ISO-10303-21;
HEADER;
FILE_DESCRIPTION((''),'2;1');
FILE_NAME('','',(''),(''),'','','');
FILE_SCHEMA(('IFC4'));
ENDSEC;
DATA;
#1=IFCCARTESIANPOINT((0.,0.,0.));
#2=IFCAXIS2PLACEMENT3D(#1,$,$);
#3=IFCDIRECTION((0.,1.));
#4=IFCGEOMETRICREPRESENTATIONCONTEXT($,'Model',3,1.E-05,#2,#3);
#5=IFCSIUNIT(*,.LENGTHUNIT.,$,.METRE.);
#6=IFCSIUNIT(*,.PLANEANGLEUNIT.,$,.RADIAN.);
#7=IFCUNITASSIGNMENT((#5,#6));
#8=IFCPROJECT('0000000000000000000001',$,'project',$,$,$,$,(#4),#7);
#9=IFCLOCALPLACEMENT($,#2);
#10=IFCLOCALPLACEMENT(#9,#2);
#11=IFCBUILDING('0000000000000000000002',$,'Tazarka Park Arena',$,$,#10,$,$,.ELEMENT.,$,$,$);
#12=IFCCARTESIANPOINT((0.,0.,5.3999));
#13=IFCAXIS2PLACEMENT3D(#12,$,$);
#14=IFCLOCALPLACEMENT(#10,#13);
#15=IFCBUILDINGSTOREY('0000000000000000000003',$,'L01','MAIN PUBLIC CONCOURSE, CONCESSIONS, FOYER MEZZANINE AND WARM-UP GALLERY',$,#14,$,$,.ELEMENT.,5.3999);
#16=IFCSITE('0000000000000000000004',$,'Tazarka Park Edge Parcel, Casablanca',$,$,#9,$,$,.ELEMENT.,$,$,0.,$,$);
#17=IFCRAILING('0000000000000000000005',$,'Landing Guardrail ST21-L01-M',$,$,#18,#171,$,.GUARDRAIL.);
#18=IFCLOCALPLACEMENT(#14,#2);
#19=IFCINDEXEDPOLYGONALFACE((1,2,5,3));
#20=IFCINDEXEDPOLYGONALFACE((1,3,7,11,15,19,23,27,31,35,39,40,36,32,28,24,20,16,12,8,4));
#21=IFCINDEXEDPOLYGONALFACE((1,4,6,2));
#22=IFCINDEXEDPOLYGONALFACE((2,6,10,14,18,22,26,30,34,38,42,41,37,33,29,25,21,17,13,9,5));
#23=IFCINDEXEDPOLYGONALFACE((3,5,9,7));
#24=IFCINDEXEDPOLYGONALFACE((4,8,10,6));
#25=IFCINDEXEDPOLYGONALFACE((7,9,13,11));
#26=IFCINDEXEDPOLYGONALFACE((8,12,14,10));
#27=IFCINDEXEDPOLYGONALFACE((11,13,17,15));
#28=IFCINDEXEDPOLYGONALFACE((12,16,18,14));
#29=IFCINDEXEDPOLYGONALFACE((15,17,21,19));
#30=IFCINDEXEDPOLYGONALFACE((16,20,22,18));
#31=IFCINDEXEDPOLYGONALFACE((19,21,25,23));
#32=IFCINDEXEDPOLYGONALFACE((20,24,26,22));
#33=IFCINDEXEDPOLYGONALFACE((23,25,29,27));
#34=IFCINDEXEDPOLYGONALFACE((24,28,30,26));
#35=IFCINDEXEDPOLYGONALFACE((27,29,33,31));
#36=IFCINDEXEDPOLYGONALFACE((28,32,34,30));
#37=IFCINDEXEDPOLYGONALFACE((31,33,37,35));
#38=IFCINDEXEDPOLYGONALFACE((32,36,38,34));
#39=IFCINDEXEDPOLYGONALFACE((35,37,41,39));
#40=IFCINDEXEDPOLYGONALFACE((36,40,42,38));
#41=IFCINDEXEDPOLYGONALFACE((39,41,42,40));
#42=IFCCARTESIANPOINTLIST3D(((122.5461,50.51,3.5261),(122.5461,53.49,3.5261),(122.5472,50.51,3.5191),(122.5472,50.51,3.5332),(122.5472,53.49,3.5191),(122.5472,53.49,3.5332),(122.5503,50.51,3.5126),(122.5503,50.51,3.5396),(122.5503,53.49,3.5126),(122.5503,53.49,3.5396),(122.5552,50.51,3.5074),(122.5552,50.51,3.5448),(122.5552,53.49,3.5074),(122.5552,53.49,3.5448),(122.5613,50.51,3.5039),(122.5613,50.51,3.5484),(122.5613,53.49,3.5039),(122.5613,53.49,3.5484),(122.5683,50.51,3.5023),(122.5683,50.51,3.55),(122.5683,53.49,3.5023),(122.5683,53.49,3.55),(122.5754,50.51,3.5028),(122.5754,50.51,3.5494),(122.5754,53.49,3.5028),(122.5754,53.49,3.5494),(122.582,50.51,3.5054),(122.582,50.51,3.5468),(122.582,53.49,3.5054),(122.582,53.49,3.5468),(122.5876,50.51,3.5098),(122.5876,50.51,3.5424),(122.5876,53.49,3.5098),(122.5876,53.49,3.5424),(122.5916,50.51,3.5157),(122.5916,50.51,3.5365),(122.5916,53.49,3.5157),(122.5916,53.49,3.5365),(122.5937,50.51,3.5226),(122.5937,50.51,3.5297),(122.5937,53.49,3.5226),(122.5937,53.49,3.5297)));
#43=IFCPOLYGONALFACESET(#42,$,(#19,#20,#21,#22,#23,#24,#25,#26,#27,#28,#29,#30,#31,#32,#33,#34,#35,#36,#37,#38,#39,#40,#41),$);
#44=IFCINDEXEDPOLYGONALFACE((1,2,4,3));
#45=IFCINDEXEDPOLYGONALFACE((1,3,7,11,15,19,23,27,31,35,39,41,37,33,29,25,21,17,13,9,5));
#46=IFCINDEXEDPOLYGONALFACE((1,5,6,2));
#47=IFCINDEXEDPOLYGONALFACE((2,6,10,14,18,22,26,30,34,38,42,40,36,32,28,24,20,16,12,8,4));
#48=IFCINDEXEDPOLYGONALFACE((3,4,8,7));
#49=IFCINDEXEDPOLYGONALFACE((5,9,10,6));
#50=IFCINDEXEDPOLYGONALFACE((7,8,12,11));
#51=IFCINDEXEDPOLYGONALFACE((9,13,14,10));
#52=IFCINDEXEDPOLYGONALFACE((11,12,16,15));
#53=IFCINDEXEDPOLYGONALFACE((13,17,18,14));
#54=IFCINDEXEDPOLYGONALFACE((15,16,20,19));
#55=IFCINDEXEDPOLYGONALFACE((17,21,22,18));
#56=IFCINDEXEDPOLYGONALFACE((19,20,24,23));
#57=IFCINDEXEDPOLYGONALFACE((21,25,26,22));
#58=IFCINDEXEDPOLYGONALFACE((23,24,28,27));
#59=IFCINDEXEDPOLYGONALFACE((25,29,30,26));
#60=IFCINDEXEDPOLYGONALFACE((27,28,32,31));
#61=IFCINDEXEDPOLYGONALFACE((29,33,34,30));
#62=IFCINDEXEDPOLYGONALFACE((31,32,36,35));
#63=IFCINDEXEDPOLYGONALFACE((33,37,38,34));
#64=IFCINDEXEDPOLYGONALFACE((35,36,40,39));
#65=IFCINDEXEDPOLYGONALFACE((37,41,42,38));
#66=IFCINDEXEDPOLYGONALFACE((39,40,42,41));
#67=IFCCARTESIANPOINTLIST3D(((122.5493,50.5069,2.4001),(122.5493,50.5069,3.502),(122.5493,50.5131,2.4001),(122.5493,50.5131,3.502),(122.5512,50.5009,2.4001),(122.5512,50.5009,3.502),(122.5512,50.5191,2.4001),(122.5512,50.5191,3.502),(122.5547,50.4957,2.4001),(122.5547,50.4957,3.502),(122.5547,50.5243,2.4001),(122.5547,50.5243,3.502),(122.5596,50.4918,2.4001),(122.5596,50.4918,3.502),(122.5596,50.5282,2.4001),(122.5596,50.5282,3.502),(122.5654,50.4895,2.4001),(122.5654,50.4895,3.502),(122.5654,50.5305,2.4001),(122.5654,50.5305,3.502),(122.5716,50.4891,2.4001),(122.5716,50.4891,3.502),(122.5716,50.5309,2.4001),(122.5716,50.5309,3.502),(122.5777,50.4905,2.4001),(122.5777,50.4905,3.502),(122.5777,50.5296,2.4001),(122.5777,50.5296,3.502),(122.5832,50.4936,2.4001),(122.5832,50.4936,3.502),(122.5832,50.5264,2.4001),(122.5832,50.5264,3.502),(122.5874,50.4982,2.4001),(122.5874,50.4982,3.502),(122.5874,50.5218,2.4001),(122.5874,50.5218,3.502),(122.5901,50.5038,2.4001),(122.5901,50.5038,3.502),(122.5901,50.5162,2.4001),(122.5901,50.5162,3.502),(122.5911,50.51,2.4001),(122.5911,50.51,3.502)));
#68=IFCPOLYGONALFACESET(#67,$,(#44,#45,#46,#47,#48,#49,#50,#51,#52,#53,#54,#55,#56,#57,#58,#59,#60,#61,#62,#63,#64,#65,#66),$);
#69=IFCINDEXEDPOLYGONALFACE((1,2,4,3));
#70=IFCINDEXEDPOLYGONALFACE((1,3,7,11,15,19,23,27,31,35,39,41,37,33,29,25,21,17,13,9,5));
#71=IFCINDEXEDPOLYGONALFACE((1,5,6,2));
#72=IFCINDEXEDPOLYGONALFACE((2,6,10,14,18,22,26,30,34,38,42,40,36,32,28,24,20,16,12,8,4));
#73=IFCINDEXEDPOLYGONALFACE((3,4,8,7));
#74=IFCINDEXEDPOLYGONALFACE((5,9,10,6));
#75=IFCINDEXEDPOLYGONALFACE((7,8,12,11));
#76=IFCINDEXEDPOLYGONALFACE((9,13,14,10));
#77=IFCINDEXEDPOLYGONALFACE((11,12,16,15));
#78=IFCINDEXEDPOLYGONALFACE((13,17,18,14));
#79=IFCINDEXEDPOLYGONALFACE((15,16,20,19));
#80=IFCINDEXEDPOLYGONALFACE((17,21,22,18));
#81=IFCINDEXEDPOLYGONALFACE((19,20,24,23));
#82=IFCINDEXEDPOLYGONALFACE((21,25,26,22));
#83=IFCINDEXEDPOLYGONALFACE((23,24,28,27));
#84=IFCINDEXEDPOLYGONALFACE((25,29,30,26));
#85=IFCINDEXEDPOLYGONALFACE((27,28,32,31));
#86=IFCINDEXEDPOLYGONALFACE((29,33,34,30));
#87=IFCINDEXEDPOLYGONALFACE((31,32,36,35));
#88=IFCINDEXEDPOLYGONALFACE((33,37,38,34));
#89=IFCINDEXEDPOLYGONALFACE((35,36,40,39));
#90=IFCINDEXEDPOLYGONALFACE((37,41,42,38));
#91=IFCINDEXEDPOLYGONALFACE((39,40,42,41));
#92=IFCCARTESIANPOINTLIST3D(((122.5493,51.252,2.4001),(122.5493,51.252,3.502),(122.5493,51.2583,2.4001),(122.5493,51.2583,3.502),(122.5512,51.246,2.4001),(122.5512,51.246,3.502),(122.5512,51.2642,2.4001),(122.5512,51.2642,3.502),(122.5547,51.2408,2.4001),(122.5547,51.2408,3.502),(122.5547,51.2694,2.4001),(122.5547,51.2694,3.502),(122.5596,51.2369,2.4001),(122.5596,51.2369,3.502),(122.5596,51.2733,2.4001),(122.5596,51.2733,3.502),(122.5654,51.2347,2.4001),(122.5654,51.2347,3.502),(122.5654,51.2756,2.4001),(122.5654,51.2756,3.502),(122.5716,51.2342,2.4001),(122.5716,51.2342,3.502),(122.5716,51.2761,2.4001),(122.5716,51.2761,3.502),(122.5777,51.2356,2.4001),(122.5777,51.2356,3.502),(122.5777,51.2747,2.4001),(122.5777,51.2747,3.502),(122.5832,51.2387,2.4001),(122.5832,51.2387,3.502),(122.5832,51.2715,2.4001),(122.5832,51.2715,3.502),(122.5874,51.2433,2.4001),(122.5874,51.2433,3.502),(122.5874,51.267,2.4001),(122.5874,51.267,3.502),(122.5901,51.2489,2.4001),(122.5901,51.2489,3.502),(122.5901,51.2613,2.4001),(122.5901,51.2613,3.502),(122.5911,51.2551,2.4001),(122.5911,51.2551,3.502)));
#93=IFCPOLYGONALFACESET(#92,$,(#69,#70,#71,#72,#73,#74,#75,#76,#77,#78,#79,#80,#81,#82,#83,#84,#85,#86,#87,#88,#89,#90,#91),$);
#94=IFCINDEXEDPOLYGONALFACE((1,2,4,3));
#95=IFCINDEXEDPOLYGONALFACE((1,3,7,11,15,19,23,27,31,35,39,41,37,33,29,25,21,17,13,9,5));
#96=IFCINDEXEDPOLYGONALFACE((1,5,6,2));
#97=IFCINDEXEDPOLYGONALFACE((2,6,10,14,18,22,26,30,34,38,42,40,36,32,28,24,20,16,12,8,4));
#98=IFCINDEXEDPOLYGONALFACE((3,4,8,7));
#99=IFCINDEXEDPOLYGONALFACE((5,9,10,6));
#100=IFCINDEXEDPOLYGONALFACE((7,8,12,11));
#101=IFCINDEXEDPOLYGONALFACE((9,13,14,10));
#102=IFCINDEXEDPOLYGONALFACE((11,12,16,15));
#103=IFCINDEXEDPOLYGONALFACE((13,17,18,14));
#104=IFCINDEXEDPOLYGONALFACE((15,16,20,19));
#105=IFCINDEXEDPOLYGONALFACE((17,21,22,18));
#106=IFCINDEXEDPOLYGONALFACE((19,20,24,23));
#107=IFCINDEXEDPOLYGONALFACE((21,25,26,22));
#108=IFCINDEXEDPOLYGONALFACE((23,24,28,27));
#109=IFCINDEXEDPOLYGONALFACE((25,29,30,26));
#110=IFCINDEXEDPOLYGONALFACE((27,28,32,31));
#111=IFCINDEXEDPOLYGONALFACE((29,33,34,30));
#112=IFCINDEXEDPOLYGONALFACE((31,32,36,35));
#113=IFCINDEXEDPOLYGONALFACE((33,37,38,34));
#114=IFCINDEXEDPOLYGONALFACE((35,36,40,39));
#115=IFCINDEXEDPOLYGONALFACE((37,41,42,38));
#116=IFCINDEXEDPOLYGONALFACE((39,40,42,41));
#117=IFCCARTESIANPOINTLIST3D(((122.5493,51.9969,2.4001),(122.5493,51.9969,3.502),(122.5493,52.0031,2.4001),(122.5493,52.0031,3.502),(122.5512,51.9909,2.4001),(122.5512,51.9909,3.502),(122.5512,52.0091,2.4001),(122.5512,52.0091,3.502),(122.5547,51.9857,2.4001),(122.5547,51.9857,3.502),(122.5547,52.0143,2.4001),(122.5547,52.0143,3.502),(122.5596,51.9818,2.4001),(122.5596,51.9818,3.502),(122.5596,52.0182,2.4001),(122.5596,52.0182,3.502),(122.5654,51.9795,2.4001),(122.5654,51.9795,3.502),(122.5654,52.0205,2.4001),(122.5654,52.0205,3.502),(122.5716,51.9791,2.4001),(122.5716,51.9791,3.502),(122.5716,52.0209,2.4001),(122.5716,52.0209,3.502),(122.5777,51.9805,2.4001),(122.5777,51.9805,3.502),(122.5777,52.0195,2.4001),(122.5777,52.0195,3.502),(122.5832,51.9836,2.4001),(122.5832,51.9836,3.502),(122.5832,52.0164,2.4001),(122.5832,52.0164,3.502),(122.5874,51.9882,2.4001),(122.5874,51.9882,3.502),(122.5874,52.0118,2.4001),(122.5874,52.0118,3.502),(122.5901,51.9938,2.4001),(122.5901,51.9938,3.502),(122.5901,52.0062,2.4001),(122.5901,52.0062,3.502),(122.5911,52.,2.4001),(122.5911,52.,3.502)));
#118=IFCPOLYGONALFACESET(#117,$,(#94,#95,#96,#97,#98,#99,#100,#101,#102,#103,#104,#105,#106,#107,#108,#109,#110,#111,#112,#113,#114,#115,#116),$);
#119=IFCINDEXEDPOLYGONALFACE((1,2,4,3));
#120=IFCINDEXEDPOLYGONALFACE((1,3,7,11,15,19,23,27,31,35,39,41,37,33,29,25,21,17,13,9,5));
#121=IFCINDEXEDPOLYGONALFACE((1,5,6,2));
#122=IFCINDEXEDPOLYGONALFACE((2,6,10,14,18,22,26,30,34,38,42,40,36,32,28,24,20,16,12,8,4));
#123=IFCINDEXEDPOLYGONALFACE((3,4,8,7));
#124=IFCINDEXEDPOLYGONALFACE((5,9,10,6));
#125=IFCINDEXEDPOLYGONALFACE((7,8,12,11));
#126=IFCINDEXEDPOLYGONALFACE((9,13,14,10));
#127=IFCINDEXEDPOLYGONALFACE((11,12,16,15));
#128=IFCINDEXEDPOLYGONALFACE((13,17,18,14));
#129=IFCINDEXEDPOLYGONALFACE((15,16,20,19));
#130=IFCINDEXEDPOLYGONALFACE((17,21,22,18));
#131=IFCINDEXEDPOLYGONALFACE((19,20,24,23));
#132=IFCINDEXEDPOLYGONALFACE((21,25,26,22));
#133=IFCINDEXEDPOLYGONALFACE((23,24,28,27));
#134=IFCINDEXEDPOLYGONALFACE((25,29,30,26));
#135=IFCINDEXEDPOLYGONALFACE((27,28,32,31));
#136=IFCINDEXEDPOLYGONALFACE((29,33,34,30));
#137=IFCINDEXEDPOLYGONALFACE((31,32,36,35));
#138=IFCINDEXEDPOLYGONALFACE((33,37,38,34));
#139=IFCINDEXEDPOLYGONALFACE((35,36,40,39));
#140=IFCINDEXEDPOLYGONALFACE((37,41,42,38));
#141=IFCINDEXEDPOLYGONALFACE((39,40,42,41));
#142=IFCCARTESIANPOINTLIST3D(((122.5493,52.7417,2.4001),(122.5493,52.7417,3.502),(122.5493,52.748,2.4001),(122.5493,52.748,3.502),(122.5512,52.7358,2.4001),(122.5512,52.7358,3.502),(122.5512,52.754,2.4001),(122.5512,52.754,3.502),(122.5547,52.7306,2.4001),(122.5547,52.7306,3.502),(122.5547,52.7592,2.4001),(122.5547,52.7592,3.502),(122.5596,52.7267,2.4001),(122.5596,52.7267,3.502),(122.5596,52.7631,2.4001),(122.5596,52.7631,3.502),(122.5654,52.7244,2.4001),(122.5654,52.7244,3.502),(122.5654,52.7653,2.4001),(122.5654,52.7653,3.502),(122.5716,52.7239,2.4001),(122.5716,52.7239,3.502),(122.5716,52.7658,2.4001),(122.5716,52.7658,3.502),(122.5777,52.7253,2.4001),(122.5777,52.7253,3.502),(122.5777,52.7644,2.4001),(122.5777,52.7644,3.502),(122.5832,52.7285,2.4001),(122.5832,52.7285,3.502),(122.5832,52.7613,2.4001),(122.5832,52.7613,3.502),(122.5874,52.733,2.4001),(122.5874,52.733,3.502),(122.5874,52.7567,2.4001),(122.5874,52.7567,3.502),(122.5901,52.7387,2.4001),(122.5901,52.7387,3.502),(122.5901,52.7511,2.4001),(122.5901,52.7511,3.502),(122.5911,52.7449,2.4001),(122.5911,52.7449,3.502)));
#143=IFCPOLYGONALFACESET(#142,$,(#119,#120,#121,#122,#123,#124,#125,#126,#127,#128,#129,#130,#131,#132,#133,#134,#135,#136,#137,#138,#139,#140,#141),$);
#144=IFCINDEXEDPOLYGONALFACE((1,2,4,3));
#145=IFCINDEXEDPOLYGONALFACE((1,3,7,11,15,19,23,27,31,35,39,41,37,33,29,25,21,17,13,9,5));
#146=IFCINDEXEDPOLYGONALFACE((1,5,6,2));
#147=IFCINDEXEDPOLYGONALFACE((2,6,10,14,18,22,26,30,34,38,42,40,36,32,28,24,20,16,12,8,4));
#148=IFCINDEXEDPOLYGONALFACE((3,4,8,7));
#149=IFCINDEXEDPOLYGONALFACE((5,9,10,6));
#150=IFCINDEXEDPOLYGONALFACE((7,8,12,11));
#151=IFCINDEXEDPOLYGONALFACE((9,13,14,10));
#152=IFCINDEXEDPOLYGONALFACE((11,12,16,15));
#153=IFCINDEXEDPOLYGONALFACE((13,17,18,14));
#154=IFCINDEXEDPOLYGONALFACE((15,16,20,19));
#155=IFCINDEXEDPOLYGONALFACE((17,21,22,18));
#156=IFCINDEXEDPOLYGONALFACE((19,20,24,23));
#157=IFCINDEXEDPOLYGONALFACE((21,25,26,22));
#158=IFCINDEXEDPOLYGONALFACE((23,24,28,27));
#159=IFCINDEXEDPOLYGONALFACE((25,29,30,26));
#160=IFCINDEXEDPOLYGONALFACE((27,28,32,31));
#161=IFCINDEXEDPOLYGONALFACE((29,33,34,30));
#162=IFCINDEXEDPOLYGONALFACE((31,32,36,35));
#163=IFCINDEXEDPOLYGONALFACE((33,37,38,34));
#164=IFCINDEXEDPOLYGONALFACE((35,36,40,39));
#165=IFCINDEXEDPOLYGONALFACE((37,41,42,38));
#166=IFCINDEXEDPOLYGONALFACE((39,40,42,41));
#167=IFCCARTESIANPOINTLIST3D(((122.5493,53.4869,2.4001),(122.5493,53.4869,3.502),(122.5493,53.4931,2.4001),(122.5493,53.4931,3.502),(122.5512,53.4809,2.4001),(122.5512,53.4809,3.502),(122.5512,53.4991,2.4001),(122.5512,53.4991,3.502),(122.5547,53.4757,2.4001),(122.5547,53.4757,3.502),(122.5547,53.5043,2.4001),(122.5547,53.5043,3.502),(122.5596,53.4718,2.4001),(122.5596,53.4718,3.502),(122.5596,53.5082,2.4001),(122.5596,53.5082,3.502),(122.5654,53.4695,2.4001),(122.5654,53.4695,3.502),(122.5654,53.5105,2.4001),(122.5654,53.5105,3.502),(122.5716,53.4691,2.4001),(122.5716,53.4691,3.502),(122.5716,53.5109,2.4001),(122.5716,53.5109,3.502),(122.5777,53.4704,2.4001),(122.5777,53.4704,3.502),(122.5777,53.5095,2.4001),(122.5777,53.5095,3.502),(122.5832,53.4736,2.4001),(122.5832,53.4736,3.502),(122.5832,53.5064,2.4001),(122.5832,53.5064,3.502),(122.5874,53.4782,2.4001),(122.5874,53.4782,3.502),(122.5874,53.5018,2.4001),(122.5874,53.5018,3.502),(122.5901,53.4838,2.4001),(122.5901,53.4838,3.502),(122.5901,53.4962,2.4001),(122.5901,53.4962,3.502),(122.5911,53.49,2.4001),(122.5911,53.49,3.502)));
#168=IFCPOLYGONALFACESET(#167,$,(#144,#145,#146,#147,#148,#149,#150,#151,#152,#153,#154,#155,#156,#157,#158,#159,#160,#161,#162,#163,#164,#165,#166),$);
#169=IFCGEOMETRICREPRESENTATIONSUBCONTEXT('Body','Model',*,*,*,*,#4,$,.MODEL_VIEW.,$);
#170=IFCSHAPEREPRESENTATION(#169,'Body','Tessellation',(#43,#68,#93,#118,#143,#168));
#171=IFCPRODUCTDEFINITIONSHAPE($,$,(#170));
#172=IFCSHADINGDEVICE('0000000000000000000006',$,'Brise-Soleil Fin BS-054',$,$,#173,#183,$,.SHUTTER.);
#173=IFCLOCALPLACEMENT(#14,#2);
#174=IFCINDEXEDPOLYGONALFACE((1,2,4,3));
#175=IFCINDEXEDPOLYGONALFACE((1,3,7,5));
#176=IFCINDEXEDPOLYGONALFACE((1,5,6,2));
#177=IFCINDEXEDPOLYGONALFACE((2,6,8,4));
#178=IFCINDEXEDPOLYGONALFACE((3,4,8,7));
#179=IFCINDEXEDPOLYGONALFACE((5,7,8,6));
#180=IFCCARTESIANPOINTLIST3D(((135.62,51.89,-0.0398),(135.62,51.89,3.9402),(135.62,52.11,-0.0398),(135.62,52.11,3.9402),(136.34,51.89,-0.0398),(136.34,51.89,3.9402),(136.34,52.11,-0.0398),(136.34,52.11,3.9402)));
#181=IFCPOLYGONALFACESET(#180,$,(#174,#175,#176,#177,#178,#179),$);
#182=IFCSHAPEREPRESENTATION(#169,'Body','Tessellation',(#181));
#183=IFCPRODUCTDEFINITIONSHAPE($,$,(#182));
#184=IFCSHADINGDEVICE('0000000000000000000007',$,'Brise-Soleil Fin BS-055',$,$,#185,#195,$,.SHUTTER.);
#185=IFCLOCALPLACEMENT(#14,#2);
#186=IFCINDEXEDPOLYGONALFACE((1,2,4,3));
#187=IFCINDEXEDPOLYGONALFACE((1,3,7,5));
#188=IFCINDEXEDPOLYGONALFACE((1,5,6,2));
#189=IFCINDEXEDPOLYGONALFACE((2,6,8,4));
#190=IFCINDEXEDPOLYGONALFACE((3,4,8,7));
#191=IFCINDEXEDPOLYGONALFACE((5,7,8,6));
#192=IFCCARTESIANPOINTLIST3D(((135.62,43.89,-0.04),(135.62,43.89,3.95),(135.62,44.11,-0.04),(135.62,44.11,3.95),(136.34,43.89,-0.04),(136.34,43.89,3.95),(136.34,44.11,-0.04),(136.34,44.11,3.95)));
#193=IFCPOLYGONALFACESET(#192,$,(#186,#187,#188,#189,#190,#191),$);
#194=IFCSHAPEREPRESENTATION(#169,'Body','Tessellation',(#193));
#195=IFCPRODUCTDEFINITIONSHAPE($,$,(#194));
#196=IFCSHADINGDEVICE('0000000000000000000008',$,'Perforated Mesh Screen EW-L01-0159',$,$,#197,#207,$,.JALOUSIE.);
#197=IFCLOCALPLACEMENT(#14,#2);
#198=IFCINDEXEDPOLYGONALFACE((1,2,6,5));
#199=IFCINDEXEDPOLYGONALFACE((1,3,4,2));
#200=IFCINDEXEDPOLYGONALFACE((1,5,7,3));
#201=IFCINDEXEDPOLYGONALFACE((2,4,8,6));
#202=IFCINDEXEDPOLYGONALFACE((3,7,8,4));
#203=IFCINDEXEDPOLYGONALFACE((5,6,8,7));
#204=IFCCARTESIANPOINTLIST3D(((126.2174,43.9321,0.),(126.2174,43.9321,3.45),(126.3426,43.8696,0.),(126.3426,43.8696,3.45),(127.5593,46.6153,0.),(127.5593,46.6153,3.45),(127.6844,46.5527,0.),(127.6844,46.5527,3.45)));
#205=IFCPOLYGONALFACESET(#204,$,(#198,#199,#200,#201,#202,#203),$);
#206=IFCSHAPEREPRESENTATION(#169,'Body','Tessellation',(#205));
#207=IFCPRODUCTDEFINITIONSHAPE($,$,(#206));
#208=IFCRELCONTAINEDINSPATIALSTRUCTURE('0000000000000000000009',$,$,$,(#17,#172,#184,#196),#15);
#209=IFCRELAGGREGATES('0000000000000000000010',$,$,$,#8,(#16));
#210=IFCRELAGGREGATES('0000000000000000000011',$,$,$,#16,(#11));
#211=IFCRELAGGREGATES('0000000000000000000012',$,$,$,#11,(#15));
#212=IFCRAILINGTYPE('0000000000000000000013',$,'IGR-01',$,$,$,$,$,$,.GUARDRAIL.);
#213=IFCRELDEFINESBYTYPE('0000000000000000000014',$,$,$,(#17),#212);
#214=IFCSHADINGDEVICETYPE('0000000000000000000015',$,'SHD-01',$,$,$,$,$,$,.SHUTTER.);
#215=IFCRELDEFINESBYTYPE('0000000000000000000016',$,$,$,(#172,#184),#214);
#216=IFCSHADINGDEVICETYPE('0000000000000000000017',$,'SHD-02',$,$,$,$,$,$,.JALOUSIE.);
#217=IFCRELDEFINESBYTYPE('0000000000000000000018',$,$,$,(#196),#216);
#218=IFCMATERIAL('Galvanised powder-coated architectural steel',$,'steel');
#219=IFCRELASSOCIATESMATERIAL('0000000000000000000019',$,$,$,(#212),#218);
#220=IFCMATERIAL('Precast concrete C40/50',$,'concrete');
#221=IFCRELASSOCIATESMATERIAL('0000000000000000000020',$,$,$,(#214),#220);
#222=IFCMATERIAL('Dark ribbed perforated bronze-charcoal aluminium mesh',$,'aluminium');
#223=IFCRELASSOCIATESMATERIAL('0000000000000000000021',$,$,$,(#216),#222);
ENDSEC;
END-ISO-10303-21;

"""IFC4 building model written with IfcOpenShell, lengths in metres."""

from ifc_helpers import new_model, si_unit, direction, frame, origin, origin_2d, place, context, subcontext, project, spatial, rectangle, circle, extrude, material, type_object, element, save


model = new_model("IFC4")

# Units and contexts
model_context = context("Model", 3, precision=1e-05, world=origin(), true_north=direction((0.0, 1.0)))
body_context = subcontext(model_context, "Body", "Model", "MODEL_VIEW")
ifc_project = project(units=[si_unit("LENGTHUNIT", "METRE"), si_unit("PLANEANGLEUNIT", "RADIAN")], contexts=[model_context])

# Site, building, storey
site_placement = place(None, origin())
site = spatial("IfcSite", under=ifc_project, at=site_placement, Name="Tazarka Park Edge Parcel, Casablanca", CompositionType="ELEMENT", RefElevation=0.0)
building_placement = place(site_placement, origin())
building = spatial("IfcBuilding", under=site, at=building_placement, Name="Tazarka Park Arena", CompositionType="ELEMENT")
storey_placement = place(building_placement, frame((0.0, 0.0, 5.3999)))
storey = spatial("IfcBuildingStorey", under=building, at=storey_placement, Name="L01", Description="MAIN PUBLIC CONCOURSE, CONCESSIONS, FOYER MEZZANINE AND WARM-UP GALLERY", CompositionType="ELEMENT", Elevation=5.3999)

# Railing
ifc_material_1 = material(Name="Galvanised powder-coated architectural steel", Category="steel")
railing_type_1 = type_object("IfcRailingType", Name="IGR-01", PredefinedType="GUARDRAIL", material=ifc_material_1)
for number, where, name in (
    (1, (122.5701, 50.51, 2.4001), "Landing Guardrail ST21-L01-M"),
):
    element("IfcRailing", number, at=place(storey_placement, frame(where)), inside=storey, type_object=railing_type_1, Name=name, PredefinedType="GUARDRAIL", context=body_context, shape_type="SweptSolid", body=[
        extrude(circle(Radius=0.0239, at=origin_2d()), frame((0.0, 0.0, 1.126), z_axis=(0.0, 1.0, 0.0), x_axis=(-1.0, 0.0, 0.0)), (0.0, 0.0, 1.0), 2.98),
        extrude(circle(Radius=0.021, at=origin_2d()), origin(), (0.0, 0.0, 1.0), 1.1018),
        extrude(circle(Radius=0.021, at=origin_2d()), frame((0.0, 0.7451, 0.0)), (0.0, 0.0, 1.0), 1.1018),
        extrude(circle(Radius=0.021, at=origin_2d()), frame((0.0, 1.49, 0.0)), (0.0, 0.0, 1.0), 1.1018),
        extrude(circle(Radius=0.021, at=origin_2d()), frame((0.0, 2.2349, 0.0)), (0.0, 0.0, 1.0), 1.1018),
        extrude(circle(Radius=0.021, at=origin_2d()), frame((0.0, 2.98, 0.0)), (0.0, 0.0, 1.0), 1.1018),
    ])

# Shading devices
ifc_material_2 = material(Name="Precast concrete C40/50", Category="concrete")
shading_device_type_1 = type_object("IfcShadingDeviceType", Name="SHD-01", PredefinedType="SHUTTER", material=ifc_material_2)
shading_device_1_placement = place(storey_placement, frame((135.98, 52.0, -0.0398), z_axis=(0.0, 0.0, 1.0), x_axis=(0.0, 1.0, 0.0)))
element("IfcShadingDevice", 2, at=shading_device_1_placement, inside=storey, type_object=shading_device_type_1, Name="Brise-Soleil Fin BS-054", PredefinedType="SHUTTER", context=body_context, shape_type="SweptSolid", body=[
    extrude(rectangle(XDim=0.22, YDim=0.72, at=origin_2d()), origin(), (0.0, 0.0, 1.0), 3.98),
])
shading_device_2_placement = place(storey_placement, frame((135.98, 44.0, -0.04), z_axis=(0.0, 0.0, 1.0), x_axis=(0.0, 1.0, 0.0)))
element("IfcShadingDevice", 3, at=shading_device_2_placement, inside=storey, type_object=shading_device_type_1, Name="Brise-Soleil Fin BS-055", PredefinedType="SHUTTER", context=body_context, shape_type="SweptSolid", body=[
    extrude(rectangle(XDim=0.22, YDim=0.72, at=origin_2d()), origin(), (0.0, 0.0, 1.0), 3.99),
])
ifc_material_3 = material(Name="Dark ribbed perforated bronze-charcoal aluminium mesh", Category="aluminium")
shading_device_type_2 = type_object("IfcShadingDeviceType", Name="SHD-02", PredefinedType="JALOUSIE", material=ifc_material_3)
shading_device_3_placement = place(storey_placement, frame((126.9509, 45.2424, 0.0), z_axis=(0.0, 0.0, 1.0), x_axis=(-0.447291, -0.894389, 0.0)))
element("IfcShadingDevice", 4, at=shading_device_3_placement, inside=storey, type_object=shading_device_type_2, Name="Perforated Mesh Screen EW-L01-0159", PredefinedType="JALOUSIE", context=body_context, shape_type="SweptSolid", body=[
    extrude(rectangle(XDim=3.0, YDim=0.1399, at=origin_2d()), origin(), (0.0, 0.0, 1.0), 3.45),
])

save(model, "model.ifc")
